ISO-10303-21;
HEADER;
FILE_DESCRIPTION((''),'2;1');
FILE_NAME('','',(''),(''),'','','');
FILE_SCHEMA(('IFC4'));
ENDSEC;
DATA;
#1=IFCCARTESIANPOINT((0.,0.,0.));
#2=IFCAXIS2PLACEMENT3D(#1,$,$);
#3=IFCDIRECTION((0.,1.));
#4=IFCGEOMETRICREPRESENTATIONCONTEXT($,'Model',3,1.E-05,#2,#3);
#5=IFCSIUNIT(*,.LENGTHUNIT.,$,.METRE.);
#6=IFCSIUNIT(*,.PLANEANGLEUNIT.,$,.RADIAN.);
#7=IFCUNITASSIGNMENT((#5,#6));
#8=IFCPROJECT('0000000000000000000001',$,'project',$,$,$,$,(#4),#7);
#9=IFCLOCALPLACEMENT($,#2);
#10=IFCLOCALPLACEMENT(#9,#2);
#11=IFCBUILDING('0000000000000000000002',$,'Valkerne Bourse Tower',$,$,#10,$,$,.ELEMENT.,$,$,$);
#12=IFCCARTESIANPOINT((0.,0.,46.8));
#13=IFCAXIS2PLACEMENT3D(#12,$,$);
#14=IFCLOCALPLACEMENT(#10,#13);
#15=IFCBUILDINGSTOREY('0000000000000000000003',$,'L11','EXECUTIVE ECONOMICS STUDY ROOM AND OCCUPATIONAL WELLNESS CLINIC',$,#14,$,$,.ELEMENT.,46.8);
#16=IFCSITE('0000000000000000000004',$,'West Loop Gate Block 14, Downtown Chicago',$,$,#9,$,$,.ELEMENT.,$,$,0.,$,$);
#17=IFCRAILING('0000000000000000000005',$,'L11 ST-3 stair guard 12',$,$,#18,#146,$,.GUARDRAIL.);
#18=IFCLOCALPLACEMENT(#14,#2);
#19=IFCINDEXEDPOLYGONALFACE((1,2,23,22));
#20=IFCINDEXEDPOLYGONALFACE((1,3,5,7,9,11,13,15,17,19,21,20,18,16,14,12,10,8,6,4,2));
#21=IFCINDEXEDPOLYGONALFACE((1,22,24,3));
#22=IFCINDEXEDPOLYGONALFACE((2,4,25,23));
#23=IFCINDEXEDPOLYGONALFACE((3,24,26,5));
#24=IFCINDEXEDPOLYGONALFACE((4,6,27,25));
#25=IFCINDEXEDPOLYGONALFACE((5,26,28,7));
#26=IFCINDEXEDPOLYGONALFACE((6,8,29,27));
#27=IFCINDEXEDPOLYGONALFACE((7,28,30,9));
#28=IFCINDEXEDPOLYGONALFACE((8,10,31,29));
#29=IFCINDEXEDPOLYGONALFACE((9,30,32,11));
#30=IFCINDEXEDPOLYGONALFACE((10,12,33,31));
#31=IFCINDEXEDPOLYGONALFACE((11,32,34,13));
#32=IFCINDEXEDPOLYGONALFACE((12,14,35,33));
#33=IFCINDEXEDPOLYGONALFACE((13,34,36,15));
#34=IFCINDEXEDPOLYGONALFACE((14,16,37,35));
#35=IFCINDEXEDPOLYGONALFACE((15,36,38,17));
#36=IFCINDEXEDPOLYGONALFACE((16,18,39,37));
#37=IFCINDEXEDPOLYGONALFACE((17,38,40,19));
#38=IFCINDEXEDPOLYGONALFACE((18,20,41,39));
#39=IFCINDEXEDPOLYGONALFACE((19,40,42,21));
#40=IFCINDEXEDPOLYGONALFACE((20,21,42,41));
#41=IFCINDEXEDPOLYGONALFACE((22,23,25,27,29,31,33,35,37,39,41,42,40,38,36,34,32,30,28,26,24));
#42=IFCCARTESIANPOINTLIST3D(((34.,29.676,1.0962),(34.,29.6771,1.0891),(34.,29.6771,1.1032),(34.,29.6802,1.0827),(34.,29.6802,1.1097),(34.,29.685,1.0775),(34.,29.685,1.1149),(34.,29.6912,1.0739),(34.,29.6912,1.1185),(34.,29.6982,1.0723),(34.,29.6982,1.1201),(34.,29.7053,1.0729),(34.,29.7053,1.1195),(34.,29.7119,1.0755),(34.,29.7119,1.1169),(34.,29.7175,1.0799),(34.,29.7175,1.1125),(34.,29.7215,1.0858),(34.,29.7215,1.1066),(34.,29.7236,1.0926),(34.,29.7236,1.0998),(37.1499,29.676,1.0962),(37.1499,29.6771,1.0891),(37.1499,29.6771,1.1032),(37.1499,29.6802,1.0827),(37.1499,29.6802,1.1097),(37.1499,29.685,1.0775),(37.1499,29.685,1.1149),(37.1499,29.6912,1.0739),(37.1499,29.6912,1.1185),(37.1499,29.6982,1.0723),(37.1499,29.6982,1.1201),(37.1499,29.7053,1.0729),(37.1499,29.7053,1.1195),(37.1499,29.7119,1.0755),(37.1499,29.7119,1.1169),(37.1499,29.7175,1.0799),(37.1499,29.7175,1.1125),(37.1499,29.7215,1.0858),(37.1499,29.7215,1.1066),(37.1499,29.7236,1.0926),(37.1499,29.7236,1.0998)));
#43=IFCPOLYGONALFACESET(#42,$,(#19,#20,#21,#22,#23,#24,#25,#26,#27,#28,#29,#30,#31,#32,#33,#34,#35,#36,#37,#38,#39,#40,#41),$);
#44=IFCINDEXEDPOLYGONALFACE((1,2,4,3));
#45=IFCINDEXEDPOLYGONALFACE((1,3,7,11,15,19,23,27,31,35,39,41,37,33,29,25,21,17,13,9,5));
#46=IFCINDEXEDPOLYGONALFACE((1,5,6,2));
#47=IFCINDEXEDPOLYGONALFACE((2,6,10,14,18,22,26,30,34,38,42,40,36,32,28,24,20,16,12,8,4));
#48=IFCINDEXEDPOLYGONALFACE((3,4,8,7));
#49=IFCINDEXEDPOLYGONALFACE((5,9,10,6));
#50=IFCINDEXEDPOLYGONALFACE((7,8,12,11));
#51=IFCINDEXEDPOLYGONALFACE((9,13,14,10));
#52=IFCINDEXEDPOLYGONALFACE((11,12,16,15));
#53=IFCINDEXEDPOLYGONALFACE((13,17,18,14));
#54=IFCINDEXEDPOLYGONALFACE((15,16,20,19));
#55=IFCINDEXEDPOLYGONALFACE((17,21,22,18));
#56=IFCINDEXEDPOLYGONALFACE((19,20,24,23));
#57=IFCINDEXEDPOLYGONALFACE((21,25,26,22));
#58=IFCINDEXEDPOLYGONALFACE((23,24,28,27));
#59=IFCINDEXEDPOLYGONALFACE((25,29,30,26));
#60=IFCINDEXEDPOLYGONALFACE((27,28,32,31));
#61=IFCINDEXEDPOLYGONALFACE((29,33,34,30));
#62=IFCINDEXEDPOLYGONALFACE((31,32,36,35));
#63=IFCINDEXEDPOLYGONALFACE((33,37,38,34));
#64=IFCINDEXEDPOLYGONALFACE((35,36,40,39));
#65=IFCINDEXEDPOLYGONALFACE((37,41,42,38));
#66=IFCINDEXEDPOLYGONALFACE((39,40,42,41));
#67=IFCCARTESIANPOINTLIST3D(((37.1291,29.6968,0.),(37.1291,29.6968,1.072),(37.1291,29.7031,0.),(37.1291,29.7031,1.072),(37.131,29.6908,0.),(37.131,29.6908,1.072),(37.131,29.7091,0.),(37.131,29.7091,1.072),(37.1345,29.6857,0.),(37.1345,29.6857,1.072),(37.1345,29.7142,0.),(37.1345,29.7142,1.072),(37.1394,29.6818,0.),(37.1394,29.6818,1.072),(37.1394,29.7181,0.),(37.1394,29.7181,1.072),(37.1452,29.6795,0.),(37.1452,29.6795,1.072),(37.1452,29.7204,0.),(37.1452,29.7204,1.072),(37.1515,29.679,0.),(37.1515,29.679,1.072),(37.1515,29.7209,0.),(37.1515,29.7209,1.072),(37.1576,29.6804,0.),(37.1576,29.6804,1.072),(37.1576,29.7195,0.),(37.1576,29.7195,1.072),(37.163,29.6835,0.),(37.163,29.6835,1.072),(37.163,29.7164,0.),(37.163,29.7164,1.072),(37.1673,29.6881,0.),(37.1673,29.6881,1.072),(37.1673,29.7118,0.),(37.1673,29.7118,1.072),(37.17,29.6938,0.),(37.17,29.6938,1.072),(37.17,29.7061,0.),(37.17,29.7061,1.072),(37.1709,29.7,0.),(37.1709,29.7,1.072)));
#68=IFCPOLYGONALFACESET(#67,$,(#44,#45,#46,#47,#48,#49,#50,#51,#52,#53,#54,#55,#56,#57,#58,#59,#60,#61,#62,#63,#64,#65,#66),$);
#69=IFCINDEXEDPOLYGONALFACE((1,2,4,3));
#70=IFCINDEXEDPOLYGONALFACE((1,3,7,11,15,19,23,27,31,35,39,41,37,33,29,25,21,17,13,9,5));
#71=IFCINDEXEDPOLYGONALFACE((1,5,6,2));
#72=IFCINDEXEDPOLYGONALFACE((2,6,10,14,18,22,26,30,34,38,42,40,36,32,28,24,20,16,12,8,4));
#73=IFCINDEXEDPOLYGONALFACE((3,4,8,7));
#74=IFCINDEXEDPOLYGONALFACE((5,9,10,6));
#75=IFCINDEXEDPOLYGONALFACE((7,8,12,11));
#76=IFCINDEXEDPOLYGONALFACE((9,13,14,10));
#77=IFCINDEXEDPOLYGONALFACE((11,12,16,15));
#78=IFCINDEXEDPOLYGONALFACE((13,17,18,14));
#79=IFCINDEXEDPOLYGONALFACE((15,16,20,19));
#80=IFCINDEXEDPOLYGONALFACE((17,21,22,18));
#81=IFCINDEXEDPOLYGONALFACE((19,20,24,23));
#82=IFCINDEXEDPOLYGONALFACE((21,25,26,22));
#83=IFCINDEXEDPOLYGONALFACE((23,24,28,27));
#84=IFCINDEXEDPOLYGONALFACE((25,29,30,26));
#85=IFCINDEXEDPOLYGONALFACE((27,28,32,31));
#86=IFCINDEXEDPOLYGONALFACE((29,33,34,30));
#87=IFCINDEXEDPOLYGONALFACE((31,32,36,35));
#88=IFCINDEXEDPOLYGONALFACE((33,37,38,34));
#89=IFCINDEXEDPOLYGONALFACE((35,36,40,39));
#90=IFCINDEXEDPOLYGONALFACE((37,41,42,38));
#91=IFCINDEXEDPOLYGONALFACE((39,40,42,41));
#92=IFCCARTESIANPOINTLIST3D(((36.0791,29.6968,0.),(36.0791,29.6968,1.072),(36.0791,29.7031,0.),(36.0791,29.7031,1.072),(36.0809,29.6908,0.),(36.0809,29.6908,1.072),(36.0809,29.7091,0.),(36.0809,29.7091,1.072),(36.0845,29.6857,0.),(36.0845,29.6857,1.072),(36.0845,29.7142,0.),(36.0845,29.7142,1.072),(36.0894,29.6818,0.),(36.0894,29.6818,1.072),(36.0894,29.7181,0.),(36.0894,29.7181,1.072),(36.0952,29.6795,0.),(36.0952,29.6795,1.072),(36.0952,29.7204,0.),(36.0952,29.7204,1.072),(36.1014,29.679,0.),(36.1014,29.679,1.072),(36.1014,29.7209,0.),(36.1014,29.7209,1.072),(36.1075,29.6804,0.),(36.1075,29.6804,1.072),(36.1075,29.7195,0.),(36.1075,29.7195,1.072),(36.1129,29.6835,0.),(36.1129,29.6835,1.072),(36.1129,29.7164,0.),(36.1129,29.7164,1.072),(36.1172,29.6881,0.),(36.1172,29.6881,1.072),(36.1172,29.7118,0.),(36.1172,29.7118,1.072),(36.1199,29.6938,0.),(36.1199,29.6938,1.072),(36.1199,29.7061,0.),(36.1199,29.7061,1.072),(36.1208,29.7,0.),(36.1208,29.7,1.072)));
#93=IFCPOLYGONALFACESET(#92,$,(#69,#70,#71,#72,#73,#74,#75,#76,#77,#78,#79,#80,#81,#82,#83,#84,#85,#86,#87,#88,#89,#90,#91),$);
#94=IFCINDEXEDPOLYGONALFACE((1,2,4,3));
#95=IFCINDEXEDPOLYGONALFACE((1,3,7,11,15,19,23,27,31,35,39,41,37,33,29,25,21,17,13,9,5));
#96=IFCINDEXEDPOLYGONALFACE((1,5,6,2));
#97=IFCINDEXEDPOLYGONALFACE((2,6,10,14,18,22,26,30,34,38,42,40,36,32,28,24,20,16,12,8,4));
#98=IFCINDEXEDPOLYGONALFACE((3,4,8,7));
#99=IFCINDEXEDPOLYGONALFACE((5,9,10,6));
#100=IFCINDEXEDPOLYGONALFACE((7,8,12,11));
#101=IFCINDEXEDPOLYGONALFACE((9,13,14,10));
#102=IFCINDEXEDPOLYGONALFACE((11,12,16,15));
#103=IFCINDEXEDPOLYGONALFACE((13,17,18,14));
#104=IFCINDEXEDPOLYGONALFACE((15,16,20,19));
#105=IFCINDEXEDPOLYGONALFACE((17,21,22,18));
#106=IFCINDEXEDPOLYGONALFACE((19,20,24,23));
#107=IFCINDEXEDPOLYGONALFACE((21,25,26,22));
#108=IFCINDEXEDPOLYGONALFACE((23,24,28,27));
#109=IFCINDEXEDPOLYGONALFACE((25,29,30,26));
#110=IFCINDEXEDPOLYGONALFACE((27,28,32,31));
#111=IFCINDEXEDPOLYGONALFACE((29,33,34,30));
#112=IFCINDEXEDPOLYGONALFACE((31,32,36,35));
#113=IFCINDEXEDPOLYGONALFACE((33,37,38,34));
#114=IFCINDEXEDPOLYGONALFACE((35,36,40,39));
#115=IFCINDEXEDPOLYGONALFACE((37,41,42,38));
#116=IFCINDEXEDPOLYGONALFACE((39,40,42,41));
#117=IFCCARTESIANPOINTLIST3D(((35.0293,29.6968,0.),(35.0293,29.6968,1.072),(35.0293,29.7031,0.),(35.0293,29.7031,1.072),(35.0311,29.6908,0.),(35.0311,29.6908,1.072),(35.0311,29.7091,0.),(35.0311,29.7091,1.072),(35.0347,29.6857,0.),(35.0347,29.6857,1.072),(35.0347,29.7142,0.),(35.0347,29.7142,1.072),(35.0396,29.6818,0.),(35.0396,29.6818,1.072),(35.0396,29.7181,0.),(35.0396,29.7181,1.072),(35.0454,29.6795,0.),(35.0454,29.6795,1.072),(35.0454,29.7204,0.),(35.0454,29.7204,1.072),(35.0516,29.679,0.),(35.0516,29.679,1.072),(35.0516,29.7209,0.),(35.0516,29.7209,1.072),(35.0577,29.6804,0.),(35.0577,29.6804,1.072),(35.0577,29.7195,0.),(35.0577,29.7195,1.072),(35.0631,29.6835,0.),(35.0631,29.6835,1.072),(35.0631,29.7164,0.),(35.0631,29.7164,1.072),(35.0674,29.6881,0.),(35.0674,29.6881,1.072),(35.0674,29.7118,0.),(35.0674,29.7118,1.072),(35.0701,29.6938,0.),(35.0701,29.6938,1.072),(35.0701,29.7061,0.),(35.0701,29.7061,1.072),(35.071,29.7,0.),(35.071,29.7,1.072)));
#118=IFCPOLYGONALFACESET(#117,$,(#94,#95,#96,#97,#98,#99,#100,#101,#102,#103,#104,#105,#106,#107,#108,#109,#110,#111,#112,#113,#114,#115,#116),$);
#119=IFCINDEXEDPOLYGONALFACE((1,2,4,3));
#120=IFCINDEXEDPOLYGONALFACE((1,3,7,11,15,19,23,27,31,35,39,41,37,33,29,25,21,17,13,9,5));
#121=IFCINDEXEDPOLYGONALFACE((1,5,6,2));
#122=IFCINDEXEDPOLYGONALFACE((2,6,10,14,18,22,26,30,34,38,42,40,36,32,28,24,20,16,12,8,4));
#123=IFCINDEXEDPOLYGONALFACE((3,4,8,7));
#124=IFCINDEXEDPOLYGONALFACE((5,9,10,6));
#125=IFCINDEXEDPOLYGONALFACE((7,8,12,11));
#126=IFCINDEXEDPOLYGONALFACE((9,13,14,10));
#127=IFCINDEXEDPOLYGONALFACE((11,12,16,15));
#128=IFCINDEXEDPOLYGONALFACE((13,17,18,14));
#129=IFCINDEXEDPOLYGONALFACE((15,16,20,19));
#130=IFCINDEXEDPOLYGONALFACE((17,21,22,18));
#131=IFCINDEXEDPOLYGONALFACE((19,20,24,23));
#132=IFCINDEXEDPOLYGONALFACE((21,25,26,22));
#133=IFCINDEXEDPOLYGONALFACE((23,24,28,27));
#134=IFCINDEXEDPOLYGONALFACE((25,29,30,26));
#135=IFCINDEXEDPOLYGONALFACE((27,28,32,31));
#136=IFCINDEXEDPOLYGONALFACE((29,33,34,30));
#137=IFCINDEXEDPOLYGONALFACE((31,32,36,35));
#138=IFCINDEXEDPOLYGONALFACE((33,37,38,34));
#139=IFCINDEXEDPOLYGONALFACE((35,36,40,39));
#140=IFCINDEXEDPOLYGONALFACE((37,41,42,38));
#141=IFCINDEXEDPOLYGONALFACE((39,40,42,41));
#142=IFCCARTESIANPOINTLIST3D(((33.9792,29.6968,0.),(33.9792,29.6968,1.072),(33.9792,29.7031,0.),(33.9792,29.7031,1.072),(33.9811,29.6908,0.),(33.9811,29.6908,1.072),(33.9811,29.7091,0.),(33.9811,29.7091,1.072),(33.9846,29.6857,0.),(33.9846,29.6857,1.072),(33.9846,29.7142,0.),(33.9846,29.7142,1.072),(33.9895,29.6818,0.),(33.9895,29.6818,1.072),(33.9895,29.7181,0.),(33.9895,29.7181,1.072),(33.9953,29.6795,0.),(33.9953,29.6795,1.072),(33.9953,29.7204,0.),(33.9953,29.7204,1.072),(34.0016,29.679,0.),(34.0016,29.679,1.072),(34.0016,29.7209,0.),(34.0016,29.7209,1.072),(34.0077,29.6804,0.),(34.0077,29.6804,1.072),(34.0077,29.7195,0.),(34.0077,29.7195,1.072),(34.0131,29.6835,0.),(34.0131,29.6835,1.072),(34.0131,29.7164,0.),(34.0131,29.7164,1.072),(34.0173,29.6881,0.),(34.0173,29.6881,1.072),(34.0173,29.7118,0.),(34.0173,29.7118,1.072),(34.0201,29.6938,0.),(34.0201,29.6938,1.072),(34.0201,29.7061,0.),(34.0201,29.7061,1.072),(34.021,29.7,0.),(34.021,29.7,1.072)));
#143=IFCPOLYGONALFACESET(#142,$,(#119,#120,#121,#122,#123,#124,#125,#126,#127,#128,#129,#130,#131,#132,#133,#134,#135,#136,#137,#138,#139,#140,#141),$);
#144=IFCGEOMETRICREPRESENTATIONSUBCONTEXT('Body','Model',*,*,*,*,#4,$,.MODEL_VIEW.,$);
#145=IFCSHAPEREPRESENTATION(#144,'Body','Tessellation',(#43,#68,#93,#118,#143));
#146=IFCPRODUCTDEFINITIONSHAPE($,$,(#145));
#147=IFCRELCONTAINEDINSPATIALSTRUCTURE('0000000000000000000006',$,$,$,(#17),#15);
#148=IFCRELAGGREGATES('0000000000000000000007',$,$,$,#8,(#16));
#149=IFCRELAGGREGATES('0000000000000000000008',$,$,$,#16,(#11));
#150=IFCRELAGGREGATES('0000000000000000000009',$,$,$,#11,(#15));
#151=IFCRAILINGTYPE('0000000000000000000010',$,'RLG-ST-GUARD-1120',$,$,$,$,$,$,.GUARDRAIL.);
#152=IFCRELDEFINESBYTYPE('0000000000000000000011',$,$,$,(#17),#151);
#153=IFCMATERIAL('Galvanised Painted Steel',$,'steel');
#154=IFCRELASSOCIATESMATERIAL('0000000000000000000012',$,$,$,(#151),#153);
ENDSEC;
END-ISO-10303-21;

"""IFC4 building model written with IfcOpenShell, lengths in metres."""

from ifc_helpers import new_model, si_unit, direction, frame, origin, origin_2d, place, context, subcontext, project, spatial, circle, extrude, material, type_object, element, save


model = new_model("IFC4")

# Units and contexts
model_context = context("Model", 3, precision=1e-05, world=origin(), true_north=direction((0.0, 1.0)))
body_context = subcontext(model_context, "Body", "Model", "MODEL_VIEW")
ifc_project = project(units=[si_unit("LENGTHUNIT", "METRE"), si_unit("PLANEANGLEUNIT", "RADIAN")], contexts=[model_context])

# Site, building, storey
site_placement = place(None, origin())
site = spatial("IfcSite", under=ifc_project, at=site_placement, Name="West Loop Gate Block 14, Downtown Chicago", CompositionType="ELEMENT", RefElevation=0.0)
building_placement = place(site_placement, origin())
building = spatial("IfcBuilding", under=site, at=building_placement, Name="Valkerne Bourse Tower", CompositionType="ELEMENT")
storey_placement = place(building_placement, frame((0.0, 0.0, 46.8)))
storey = spatial("IfcBuildingStorey", under=building, at=storey_placement, Name="L11", Description="EXECUTIVE ECONOMICS STUDY ROOM AND OCCUPATIONAL WELLNESS CLINIC", CompositionType="ELEMENT", Elevation=46.8)

# Shared definitions
ifc_material_1 = material(Name="Galvanised Painted Steel", Category="steel")

# Railing
railing_type_1 = type_object("IfcRailingType", Name="RLG-ST-GUARD-1120", PredefinedType="GUARDRAIL", material=ifc_material_1)
railing_1_placement = place(storey_placement, frame((37.1499, 29.7, 0.0)))
element("IfcRailing", 1, at=railing_1_placement, inside=storey, type_object=railing_type_1, Name="L11 ST-3 stair guard 12", PredefinedType="GUARDRAIL", context=body_context, shape_type="SweptSolid", body=[
    extrude(circle(Radius=0.0239, at=origin_2d()), frame((0.0, 0.0, 1.0962), z_axis=(-1.0, 0.0, 0.0), x_axis=(0.0, -1.0, 0.0)), (0.0, 0.0, 1.0), 3.1499),
    extrude(circle(Radius=0.021, at=origin_2d()), origin(), (0.0, 0.0, 1.0), 1.072),
    extrude(circle(Radius=0.021, at=origin_2d()), frame((-1.05, 0.0, 0.0)), (0.0, 0.0, 1.0), 1.072),
    extrude(circle(Radius=0.021, at=origin_2d()), frame((-2.0999, 0.0, 0.0)), (0.0, 0.0, 1.0), 1.072),
    extrude(circle(Radius=0.021, at=origin_2d()), frame((-3.1499, 0.0, 0.0)), (0.0, 0.0, 1.0), 1.072),
])

save(model, "model.ifc")
